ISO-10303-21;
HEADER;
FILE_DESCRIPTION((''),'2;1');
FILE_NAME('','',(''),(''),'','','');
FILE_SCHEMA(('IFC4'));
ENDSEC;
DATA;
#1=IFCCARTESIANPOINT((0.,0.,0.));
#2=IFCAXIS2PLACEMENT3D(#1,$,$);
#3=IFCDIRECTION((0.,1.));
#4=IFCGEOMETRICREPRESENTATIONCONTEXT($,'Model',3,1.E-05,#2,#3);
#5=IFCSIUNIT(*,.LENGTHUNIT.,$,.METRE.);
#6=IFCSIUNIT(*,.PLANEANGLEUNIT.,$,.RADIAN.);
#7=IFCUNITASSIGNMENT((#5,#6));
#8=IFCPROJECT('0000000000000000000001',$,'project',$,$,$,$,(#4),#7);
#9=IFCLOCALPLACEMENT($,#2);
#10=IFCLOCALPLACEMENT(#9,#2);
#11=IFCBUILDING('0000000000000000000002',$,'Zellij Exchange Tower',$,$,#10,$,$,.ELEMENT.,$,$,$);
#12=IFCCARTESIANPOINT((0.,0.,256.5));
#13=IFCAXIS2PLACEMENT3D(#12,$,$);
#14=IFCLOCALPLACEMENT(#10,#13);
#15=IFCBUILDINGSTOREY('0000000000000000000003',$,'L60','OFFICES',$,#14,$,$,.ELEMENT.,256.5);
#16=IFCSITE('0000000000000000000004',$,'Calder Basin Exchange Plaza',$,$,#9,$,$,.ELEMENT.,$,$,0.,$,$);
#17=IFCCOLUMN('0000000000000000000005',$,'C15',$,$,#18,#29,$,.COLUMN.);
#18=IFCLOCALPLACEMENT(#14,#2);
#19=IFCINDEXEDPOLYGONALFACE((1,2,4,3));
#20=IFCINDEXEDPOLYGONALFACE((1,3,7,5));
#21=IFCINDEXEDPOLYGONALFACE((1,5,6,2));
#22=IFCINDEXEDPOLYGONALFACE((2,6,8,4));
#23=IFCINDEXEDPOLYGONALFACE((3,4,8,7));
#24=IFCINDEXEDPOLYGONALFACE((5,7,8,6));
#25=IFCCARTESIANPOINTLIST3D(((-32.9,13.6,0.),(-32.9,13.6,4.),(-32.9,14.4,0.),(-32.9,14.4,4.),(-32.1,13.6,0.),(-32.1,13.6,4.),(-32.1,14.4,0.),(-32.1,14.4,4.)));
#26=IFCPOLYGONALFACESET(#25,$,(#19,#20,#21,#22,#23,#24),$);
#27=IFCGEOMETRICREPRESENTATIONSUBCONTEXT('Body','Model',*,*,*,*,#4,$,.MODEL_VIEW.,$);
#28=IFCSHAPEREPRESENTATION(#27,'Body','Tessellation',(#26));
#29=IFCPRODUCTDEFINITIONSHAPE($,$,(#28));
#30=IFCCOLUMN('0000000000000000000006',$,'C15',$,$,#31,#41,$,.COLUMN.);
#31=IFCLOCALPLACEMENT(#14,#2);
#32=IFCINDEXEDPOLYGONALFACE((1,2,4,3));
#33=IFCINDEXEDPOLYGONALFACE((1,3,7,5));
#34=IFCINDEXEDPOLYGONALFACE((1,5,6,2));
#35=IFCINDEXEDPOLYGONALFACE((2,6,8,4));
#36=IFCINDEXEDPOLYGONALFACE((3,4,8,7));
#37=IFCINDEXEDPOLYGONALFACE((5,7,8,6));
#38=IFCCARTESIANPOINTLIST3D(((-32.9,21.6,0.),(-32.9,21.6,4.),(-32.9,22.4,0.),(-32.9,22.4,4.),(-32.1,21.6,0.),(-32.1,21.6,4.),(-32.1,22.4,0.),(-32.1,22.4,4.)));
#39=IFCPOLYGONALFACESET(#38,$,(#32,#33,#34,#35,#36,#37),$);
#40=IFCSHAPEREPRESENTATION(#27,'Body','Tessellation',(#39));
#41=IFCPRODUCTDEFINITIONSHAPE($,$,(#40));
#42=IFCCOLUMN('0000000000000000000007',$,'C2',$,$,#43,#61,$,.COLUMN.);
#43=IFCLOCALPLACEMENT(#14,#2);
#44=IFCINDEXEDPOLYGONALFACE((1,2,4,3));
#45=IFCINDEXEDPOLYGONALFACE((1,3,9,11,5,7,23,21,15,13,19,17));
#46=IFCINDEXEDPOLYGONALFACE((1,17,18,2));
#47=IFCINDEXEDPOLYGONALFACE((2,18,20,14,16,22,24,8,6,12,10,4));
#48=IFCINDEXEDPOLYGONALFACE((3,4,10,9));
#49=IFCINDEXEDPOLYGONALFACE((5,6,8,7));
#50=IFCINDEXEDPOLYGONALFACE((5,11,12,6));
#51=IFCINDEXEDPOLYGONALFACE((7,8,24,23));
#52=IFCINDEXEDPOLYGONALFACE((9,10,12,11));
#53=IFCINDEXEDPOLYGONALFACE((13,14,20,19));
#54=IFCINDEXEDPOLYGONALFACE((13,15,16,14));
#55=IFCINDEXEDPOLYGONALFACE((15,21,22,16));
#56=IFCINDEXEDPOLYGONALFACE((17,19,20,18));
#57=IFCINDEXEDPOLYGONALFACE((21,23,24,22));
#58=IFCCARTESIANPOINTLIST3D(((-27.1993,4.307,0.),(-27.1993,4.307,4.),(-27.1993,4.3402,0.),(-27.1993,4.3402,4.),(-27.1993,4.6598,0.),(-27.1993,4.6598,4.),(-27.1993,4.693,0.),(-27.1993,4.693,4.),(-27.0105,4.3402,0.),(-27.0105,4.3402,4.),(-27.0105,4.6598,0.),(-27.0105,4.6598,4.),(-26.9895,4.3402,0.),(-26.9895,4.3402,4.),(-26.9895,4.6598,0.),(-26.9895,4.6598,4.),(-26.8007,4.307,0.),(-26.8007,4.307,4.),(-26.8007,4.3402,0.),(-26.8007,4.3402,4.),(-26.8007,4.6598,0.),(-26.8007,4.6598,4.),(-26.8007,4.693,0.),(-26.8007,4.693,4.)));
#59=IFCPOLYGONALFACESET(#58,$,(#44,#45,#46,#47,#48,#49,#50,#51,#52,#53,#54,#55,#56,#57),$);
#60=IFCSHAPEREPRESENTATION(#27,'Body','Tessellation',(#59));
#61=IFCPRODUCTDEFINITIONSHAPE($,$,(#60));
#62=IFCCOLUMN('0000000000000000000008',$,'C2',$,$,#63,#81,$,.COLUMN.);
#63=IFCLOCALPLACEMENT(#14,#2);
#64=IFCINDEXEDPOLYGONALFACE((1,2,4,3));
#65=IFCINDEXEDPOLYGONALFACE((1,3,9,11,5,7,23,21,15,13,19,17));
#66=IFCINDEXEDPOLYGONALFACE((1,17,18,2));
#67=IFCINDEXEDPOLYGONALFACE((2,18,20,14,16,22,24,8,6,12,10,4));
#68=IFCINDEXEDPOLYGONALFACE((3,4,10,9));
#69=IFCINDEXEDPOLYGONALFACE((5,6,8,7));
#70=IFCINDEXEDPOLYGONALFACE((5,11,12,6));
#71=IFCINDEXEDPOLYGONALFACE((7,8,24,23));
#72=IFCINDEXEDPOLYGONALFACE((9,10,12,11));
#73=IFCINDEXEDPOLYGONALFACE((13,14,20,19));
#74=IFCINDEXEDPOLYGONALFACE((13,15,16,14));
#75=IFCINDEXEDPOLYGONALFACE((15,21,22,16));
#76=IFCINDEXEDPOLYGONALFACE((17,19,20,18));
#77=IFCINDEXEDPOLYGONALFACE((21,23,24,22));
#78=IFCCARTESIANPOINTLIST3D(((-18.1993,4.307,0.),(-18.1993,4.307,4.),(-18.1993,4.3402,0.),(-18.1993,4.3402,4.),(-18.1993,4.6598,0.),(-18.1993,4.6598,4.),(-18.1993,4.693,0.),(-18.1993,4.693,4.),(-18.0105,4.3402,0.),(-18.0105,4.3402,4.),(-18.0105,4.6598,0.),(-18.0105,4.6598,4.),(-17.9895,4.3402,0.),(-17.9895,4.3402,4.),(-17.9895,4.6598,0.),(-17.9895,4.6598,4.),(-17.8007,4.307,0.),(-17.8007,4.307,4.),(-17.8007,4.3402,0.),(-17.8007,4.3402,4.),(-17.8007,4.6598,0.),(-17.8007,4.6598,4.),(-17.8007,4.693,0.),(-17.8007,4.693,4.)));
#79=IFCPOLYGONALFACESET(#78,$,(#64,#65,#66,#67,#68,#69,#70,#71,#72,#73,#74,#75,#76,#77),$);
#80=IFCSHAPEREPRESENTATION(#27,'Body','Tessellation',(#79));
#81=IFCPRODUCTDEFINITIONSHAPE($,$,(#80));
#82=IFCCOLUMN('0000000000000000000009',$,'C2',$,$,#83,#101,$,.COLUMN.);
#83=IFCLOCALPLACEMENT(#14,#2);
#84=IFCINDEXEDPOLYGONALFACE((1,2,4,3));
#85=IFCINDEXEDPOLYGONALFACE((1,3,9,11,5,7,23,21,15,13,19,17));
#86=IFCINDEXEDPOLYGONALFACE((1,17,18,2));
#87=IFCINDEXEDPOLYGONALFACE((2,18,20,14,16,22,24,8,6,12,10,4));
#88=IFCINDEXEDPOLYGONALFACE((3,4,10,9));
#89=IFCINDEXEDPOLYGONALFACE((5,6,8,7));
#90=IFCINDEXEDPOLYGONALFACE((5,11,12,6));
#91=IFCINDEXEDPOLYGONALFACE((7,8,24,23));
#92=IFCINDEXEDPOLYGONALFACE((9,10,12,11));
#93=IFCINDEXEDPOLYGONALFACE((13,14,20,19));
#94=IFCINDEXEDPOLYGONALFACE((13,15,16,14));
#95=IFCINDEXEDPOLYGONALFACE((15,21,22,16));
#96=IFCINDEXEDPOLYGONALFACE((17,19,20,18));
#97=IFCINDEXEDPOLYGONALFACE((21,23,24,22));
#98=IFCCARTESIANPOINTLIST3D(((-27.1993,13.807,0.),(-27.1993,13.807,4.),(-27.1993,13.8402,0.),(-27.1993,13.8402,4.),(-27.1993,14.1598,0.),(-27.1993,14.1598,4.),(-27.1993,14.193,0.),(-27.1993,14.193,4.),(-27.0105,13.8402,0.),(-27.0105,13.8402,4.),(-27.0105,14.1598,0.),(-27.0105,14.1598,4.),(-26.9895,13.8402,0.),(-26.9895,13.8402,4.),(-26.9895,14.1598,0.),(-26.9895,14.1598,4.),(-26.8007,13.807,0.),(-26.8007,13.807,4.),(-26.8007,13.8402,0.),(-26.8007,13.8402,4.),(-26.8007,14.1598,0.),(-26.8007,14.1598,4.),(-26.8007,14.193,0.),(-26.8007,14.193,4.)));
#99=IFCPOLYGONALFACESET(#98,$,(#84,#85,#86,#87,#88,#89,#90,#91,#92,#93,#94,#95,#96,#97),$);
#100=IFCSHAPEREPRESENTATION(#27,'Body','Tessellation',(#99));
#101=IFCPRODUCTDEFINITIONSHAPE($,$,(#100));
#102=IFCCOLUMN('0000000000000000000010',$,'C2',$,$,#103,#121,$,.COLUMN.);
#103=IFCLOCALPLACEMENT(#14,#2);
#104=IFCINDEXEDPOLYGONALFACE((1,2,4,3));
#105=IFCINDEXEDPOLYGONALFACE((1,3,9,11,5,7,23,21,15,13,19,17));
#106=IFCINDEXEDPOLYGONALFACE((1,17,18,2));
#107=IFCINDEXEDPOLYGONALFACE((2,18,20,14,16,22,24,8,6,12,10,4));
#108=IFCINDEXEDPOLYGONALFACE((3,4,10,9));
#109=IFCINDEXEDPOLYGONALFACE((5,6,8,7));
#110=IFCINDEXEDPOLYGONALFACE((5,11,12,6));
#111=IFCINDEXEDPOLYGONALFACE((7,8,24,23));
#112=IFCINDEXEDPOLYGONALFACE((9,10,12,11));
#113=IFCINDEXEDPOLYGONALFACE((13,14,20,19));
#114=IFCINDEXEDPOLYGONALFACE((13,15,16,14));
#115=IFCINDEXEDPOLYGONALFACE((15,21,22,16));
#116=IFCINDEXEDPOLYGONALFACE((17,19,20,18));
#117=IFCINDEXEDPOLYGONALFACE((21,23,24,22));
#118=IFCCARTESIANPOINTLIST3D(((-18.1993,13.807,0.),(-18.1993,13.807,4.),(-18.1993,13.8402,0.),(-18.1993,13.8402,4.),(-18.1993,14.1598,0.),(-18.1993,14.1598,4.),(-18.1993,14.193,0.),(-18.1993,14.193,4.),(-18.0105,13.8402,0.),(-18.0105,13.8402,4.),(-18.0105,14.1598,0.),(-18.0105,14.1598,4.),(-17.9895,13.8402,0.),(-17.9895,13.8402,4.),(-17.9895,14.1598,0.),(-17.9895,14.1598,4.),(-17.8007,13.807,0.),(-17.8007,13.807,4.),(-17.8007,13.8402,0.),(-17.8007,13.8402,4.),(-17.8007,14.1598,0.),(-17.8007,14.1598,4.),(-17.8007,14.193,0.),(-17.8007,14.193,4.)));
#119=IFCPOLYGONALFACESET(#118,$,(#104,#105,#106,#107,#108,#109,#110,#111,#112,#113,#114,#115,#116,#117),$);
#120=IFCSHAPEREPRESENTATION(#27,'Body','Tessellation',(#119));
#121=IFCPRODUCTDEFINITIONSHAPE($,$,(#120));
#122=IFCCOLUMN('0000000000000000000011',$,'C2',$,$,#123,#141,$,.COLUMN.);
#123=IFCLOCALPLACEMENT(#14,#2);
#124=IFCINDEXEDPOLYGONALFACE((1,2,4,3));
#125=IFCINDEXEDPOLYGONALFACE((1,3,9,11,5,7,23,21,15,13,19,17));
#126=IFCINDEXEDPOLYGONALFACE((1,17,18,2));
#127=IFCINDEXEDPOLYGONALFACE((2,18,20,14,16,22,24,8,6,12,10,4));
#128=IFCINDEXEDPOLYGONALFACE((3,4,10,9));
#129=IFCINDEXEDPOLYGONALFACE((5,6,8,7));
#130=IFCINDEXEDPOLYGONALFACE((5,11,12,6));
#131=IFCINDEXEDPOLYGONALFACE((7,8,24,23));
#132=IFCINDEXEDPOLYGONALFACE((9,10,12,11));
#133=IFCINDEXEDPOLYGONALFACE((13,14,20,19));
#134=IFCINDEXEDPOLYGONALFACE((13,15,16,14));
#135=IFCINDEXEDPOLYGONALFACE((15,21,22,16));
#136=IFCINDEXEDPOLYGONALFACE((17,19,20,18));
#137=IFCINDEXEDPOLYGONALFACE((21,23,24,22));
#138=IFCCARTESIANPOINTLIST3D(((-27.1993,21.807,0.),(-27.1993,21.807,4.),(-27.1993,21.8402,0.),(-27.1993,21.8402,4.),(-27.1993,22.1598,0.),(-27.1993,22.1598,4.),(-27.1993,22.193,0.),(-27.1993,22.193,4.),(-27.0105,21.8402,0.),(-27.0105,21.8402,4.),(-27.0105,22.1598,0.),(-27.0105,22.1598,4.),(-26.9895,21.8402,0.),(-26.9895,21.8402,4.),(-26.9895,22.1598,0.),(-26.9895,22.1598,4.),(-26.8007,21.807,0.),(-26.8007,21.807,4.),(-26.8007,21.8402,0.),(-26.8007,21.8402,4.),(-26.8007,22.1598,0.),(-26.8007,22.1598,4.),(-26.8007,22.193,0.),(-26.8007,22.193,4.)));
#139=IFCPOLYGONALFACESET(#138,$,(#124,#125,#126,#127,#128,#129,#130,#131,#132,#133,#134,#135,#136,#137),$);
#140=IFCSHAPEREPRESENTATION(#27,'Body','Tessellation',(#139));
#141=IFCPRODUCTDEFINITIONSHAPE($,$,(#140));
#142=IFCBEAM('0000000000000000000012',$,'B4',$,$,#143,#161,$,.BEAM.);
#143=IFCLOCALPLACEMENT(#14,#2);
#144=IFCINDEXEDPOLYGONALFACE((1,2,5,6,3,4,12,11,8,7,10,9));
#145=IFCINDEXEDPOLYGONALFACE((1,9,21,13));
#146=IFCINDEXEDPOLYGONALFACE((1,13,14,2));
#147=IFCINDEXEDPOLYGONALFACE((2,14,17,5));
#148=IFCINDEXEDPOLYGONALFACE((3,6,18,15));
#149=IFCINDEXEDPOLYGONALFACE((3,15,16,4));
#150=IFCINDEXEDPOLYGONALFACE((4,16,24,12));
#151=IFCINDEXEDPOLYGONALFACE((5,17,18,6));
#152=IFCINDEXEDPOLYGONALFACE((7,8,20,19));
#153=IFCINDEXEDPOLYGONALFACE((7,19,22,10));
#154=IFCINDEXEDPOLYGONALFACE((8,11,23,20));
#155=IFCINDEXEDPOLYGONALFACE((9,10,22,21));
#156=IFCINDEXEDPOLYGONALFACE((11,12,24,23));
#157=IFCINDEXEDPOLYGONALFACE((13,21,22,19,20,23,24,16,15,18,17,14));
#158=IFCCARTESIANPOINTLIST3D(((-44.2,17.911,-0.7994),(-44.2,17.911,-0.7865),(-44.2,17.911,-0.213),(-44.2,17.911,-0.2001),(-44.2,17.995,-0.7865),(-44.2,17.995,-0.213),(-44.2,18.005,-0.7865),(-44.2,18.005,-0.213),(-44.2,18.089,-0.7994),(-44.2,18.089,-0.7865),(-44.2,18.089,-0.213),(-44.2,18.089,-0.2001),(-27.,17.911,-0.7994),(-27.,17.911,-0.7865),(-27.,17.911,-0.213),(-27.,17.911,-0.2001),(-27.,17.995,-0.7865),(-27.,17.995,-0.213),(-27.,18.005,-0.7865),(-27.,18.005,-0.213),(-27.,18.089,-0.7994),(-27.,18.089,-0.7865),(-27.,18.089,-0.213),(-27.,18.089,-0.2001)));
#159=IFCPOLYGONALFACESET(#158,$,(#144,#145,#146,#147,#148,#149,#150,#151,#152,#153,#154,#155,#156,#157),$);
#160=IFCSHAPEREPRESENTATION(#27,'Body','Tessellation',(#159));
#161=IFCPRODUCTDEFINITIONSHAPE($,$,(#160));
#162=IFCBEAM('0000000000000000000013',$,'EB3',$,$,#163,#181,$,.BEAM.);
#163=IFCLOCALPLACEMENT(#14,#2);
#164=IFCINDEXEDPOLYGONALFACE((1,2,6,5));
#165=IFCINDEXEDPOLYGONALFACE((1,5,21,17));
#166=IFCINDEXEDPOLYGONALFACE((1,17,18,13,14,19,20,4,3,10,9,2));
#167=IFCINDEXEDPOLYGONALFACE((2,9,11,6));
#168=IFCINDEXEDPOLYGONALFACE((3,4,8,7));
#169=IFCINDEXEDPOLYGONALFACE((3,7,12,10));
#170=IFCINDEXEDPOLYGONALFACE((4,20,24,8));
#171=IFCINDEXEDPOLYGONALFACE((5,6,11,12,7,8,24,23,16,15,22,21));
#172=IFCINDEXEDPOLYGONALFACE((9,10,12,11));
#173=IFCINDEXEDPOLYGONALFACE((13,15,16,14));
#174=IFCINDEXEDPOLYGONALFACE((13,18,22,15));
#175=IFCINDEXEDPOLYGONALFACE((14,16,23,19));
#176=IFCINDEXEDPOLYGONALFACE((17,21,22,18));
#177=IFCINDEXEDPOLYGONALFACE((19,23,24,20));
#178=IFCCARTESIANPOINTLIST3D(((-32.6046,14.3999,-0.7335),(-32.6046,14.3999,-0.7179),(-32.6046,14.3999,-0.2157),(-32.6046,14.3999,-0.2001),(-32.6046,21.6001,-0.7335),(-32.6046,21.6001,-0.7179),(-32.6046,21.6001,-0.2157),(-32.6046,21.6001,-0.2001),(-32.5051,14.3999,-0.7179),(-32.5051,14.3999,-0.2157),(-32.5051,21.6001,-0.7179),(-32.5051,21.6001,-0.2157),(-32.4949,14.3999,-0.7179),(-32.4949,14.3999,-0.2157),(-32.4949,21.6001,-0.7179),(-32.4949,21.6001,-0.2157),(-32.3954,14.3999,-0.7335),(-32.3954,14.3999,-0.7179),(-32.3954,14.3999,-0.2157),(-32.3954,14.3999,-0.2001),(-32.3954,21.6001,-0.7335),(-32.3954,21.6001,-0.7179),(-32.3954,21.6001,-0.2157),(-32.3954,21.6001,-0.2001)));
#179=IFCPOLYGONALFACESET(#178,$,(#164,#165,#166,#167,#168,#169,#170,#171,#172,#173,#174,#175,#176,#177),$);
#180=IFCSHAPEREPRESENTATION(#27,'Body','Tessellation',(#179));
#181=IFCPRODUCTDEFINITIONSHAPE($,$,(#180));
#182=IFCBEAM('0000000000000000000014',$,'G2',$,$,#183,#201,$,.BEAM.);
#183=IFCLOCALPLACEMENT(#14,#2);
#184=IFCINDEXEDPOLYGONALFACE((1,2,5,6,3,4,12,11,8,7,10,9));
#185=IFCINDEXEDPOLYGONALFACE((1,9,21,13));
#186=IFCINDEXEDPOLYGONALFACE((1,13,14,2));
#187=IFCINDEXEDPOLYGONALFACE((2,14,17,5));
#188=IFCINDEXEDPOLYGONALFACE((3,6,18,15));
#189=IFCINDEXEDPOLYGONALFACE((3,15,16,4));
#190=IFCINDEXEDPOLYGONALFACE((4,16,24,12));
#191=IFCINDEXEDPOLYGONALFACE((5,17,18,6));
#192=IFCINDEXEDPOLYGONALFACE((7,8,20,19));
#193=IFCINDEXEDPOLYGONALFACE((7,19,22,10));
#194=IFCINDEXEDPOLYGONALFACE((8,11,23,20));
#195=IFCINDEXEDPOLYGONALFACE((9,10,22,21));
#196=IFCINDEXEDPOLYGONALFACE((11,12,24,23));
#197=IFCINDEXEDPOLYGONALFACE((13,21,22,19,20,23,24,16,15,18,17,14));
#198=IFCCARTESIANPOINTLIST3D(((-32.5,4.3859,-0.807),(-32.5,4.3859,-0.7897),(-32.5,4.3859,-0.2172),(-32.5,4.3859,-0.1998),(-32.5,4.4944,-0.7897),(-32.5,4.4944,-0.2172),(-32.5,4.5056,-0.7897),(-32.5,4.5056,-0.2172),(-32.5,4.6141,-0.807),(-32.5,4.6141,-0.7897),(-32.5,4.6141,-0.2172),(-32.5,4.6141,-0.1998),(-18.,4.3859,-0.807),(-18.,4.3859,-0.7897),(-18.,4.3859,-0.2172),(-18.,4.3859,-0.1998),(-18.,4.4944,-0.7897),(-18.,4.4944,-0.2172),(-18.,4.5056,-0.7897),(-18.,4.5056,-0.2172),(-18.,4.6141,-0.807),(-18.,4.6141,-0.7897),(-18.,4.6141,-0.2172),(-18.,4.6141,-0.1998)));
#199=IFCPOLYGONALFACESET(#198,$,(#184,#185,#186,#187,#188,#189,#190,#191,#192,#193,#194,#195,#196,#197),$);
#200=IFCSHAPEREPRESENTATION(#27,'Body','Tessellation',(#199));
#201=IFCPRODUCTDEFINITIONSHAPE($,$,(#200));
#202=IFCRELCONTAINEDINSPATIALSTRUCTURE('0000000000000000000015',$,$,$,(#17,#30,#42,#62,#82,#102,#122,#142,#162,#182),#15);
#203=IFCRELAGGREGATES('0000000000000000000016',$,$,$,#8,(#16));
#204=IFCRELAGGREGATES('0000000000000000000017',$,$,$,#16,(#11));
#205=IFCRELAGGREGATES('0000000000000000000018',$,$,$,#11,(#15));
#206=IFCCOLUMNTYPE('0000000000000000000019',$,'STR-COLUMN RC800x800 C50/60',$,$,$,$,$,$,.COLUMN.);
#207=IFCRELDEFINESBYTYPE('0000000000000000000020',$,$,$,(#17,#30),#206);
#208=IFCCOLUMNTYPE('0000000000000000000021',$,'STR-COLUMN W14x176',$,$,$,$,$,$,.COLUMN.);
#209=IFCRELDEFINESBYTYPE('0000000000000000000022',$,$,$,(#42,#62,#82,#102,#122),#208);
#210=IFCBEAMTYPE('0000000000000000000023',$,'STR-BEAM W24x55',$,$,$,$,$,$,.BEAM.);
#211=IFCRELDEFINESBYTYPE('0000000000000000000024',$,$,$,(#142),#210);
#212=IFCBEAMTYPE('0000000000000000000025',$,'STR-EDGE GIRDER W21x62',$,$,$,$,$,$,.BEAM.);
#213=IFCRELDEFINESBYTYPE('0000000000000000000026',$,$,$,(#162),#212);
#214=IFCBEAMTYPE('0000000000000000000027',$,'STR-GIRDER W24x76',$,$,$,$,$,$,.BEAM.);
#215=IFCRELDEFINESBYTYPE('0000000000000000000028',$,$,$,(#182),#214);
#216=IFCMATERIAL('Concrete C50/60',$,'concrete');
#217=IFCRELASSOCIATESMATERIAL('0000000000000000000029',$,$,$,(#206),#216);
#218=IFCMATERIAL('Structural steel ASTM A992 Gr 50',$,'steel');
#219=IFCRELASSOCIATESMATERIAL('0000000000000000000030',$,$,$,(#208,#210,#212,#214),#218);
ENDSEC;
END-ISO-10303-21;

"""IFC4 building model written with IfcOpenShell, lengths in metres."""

from ifc_helpers import new_model, si_unit, direction, frame, origin, origin_2d, place, context, subcontext, project, spatial, rectangle, i_section, extrude, material, material_profile, profile_set, type_object, element, save


model = new_model("IFC4")

# Units and contexts
model_context = context("Model", 3, precision=1e-05, world=origin(), true_north=direction((0.0, 1.0)))
body_context = subcontext(model_context, "Body", "Model", "MODEL_VIEW")
ifc_project = project(units=[si_unit("LENGTHUNIT", "METRE"), si_unit("PLANEANGLEUNIT", "RADIAN")], contexts=[model_context])

# Site, building, storey
site_placement = place(None, origin())
site = spatial("IfcSite", under=ifc_project, at=site_placement, Name="Calder Basin Exchange Plaza", CompositionType="ELEMENT", RefElevation=0.0)
building_placement = place(site_placement, origin())
building = spatial("IfcBuilding", under=site, at=building_placement, Name="Zellij Exchange Tower", CompositionType="ELEMENT")
storey_placement = place(building_placement, frame((0.0, 0.0, 256.5)))
storey = spatial("IfcBuildingStorey", under=building, at=storey_placement, Name="L60", Description="OFFICES", CompositionType="ELEMENT", Elevation=256.5)

# Columns
ifc_material_1 = material(Name="Concrete C50/60", Category="concrete")
ifc_material_profile_1 = material_profile(ifc_material_1, rectangle(XDim=0.8, YDim=0.8, at=origin_2d()), Name="STR-COLUMN RC800x800 C50/60")
ifc_profile_set_1 = profile_set([ifc_material_profile_1], Name="Concrete C50/60")
column_type_1 = type_object("IfcColumnType", Name="STR-COLUMN RC800x800 C50/60", PredefinedType="COLUMN", material=ifc_profile_set_1)
for number, where, z_axis, x_axis, name in (
    (1, (-32.5, 14.0, 0.0), (0.0, 0.0, 1.0), (1.0, 0.0, 0.0), "C15"),
    (2, (-32.5, 22.0, 0.0), (0.0, 0.0, 1.0), (1.0, 0.0, 0.0), "C15"),
):
    element("IfcColumn", number, at=place(storey_placement, frame(where, z_axis=z_axis, x_axis=x_axis)), inside=storey, type_object=column_type_1, Name=name, PredefinedType="COLUMN", context=body_context, shape_type="SweptSolid", body=[
        extrude(rectangle(XDim=0.8, YDim=0.8, at=origin_2d()), origin(), (0.0, 0.0, 1.0), 4.0),
    ])
ifc_material_2 = material(Name="Structural steel ASTM A992 Gr 50", Category="steel")
ifc_material_profile_2 = material_profile(ifc_material_2, i_section(OverallWidth=0.3987, OverallDepth=0.386, WebThickness=0.021, FlangeThickness=0.0332, at=origin_2d()), Name="W14x176")
ifc_profile_set_2 = profile_set([ifc_material_profile_2], Name="Structural steel ASTM A992 Gr 50")
column_type_2 = type_object("IfcColumnType", Name="STR-COLUMN W14x176", PredefinedType="COLUMN", material=ifc_profile_set_2)
for number, where, z_axis, x_axis, name in (
    (3, (-27.0, 4.5, 0.0), (0.0, 0.0, 1.0), (1.0, 0.0, 0.0), "C2"),
    (4, (-18.0, 4.5, 0.0), (0.0, 0.0, 1.0), (1.0, 0.0, 0.0), "C2"),
    (5, (-27.0, 14.0, 0.0), (0.0, 0.0, 1.0), (1.0, 0.0, 0.0), "C2"),
    (6, (-18.0, 14.0, 0.0), (0.0, 0.0, 1.0), (1.0, 0.0, 0.0), "C2"),
    (7, (-27.0, 22.0, 0.0), (0.0, 0.0, 1.0), (1.0, 0.0, 0.0), "C2"),
):
    element("IfcColumn", number, at=place(storey_placement, frame(where, z_axis=z_axis, x_axis=x_axis)), inside=storey, type_object=column_type_2, Name=name, PredefinedType="COLUMN", context=body_context, shape_type="SweptSolid", body=[
        extrude(i_section(OverallWidth=0.3987, OverallDepth=0.386, WebThickness=0.021, FlangeThickness=0.0332, at=origin_2d()), origin(), (0.0, 0.0, 1.0), 4.0),
    ])

# Beams
ifc_material_profile_3 = material_profile(ifc_material_2, i_section(OverallWidth=0.178, OverallDepth=0.5994, WebThickness=0.01, FlangeThickness=0.0129, at=origin_2d()), Name="W24x55")
ifc_profile_set_3 = profile_set([ifc_material_profile_3], Name="Structural steel ASTM A992 Gr 50")
beam_type_1 = type_object("IfcBeamType", Name="STR-BEAM W24x55", PredefinedType="BEAM", material=ifc_profile_set_3)
beam_1_placement = place(storey_placement, frame((-44.2, 18.0, -0.4998), z_axis=(1.0, 0.0, 0.0), x_axis=(0.0, 1.0, 0.0)))
element("IfcBeam", 8, at=beam_1_placement, inside=storey, type_object=beam_type_1, Name="B4", PredefinedType="BEAM", context=body_context, shape_type="SweptSolid", body=[
    extrude(i_section(OverallWidth=0.178, OverallDepth=0.5994, WebThickness=0.01, FlangeThickness=0.0129, at=origin_2d()), origin(), (0.0, 0.0, 1.0), 17.2),
])
ifc_material_profile_4 = material_profile(ifc_material_2, i_section(OverallWidth=0.2092, OverallDepth=0.5334, WebThickness=0.0103, FlangeThickness=0.0156, at=origin_2d()), Name="W21x62")
ifc_profile_set_4 = profile_set([ifc_material_profile_4], Name="Structural steel ASTM A992 Gr 50")
beam_type_2 = type_object("IfcBeamType", Name="STR-EDGE GIRDER W21x62", PredefinedType="BEAM", material=ifc_profile_set_4)
beam_2_placement = place(storey_placement, frame((-32.5, 14.3999, -0.4668), z_axis=(0.0, 1.0, 0.0), x_axis=(-1.0, 0.0, 0.0)))
element("IfcBeam", 9, at=beam_2_placement, inside=storey, type_object=beam_type_2, Name="EB3", PredefinedType="BEAM", context=body_context, shape_type="SweptSolid", body=[
    extrude(i_section(OverallWidth=0.2092, OverallDepth=0.5334, WebThickness=0.0103, FlangeThickness=0.0156, at=origin_2d()), origin(), (0.0, 0.0, 1.0), 7.2002),
])
ifc_material_profile_5 = material_profile(ifc_material_2, i_section(OverallWidth=0.2283, OverallDepth=0.6072, WebThickness=0.0112, FlangeThickness=0.0173, at=origin_2d()), Name="W24x76")
ifc_profile_set_5 = profile_set([ifc_material_profile_5], Name="Structural steel ASTM A992 Gr 50")
beam_type_3 = type_object("IfcBeamType", Name="STR-GIRDER W24x76", PredefinedType="BEAM", material=ifc_profile_set_5)
beam_3_placement = place(storey_placement, frame((-32.5, 4.5, -0.5034), z_axis=(1.0, 0.0, 0.0), x_axis=(0.0, 1.0, 0.0)))
element("IfcBeam", 10, at=beam_3_placement, inside=storey, type_object=beam_type_3, Name="G2", PredefinedType="BEAM", context=body_context, shape_type="SweptSolid", body=[
    extrude(i_section(OverallWidth=0.2283, OverallDepth=0.6072, WebThickness=0.0112, FlangeThickness=0.0173, at=origin_2d()), origin(), (0.0, 0.0, 1.0), 14.5),
])

save(model, "model.ifc")
